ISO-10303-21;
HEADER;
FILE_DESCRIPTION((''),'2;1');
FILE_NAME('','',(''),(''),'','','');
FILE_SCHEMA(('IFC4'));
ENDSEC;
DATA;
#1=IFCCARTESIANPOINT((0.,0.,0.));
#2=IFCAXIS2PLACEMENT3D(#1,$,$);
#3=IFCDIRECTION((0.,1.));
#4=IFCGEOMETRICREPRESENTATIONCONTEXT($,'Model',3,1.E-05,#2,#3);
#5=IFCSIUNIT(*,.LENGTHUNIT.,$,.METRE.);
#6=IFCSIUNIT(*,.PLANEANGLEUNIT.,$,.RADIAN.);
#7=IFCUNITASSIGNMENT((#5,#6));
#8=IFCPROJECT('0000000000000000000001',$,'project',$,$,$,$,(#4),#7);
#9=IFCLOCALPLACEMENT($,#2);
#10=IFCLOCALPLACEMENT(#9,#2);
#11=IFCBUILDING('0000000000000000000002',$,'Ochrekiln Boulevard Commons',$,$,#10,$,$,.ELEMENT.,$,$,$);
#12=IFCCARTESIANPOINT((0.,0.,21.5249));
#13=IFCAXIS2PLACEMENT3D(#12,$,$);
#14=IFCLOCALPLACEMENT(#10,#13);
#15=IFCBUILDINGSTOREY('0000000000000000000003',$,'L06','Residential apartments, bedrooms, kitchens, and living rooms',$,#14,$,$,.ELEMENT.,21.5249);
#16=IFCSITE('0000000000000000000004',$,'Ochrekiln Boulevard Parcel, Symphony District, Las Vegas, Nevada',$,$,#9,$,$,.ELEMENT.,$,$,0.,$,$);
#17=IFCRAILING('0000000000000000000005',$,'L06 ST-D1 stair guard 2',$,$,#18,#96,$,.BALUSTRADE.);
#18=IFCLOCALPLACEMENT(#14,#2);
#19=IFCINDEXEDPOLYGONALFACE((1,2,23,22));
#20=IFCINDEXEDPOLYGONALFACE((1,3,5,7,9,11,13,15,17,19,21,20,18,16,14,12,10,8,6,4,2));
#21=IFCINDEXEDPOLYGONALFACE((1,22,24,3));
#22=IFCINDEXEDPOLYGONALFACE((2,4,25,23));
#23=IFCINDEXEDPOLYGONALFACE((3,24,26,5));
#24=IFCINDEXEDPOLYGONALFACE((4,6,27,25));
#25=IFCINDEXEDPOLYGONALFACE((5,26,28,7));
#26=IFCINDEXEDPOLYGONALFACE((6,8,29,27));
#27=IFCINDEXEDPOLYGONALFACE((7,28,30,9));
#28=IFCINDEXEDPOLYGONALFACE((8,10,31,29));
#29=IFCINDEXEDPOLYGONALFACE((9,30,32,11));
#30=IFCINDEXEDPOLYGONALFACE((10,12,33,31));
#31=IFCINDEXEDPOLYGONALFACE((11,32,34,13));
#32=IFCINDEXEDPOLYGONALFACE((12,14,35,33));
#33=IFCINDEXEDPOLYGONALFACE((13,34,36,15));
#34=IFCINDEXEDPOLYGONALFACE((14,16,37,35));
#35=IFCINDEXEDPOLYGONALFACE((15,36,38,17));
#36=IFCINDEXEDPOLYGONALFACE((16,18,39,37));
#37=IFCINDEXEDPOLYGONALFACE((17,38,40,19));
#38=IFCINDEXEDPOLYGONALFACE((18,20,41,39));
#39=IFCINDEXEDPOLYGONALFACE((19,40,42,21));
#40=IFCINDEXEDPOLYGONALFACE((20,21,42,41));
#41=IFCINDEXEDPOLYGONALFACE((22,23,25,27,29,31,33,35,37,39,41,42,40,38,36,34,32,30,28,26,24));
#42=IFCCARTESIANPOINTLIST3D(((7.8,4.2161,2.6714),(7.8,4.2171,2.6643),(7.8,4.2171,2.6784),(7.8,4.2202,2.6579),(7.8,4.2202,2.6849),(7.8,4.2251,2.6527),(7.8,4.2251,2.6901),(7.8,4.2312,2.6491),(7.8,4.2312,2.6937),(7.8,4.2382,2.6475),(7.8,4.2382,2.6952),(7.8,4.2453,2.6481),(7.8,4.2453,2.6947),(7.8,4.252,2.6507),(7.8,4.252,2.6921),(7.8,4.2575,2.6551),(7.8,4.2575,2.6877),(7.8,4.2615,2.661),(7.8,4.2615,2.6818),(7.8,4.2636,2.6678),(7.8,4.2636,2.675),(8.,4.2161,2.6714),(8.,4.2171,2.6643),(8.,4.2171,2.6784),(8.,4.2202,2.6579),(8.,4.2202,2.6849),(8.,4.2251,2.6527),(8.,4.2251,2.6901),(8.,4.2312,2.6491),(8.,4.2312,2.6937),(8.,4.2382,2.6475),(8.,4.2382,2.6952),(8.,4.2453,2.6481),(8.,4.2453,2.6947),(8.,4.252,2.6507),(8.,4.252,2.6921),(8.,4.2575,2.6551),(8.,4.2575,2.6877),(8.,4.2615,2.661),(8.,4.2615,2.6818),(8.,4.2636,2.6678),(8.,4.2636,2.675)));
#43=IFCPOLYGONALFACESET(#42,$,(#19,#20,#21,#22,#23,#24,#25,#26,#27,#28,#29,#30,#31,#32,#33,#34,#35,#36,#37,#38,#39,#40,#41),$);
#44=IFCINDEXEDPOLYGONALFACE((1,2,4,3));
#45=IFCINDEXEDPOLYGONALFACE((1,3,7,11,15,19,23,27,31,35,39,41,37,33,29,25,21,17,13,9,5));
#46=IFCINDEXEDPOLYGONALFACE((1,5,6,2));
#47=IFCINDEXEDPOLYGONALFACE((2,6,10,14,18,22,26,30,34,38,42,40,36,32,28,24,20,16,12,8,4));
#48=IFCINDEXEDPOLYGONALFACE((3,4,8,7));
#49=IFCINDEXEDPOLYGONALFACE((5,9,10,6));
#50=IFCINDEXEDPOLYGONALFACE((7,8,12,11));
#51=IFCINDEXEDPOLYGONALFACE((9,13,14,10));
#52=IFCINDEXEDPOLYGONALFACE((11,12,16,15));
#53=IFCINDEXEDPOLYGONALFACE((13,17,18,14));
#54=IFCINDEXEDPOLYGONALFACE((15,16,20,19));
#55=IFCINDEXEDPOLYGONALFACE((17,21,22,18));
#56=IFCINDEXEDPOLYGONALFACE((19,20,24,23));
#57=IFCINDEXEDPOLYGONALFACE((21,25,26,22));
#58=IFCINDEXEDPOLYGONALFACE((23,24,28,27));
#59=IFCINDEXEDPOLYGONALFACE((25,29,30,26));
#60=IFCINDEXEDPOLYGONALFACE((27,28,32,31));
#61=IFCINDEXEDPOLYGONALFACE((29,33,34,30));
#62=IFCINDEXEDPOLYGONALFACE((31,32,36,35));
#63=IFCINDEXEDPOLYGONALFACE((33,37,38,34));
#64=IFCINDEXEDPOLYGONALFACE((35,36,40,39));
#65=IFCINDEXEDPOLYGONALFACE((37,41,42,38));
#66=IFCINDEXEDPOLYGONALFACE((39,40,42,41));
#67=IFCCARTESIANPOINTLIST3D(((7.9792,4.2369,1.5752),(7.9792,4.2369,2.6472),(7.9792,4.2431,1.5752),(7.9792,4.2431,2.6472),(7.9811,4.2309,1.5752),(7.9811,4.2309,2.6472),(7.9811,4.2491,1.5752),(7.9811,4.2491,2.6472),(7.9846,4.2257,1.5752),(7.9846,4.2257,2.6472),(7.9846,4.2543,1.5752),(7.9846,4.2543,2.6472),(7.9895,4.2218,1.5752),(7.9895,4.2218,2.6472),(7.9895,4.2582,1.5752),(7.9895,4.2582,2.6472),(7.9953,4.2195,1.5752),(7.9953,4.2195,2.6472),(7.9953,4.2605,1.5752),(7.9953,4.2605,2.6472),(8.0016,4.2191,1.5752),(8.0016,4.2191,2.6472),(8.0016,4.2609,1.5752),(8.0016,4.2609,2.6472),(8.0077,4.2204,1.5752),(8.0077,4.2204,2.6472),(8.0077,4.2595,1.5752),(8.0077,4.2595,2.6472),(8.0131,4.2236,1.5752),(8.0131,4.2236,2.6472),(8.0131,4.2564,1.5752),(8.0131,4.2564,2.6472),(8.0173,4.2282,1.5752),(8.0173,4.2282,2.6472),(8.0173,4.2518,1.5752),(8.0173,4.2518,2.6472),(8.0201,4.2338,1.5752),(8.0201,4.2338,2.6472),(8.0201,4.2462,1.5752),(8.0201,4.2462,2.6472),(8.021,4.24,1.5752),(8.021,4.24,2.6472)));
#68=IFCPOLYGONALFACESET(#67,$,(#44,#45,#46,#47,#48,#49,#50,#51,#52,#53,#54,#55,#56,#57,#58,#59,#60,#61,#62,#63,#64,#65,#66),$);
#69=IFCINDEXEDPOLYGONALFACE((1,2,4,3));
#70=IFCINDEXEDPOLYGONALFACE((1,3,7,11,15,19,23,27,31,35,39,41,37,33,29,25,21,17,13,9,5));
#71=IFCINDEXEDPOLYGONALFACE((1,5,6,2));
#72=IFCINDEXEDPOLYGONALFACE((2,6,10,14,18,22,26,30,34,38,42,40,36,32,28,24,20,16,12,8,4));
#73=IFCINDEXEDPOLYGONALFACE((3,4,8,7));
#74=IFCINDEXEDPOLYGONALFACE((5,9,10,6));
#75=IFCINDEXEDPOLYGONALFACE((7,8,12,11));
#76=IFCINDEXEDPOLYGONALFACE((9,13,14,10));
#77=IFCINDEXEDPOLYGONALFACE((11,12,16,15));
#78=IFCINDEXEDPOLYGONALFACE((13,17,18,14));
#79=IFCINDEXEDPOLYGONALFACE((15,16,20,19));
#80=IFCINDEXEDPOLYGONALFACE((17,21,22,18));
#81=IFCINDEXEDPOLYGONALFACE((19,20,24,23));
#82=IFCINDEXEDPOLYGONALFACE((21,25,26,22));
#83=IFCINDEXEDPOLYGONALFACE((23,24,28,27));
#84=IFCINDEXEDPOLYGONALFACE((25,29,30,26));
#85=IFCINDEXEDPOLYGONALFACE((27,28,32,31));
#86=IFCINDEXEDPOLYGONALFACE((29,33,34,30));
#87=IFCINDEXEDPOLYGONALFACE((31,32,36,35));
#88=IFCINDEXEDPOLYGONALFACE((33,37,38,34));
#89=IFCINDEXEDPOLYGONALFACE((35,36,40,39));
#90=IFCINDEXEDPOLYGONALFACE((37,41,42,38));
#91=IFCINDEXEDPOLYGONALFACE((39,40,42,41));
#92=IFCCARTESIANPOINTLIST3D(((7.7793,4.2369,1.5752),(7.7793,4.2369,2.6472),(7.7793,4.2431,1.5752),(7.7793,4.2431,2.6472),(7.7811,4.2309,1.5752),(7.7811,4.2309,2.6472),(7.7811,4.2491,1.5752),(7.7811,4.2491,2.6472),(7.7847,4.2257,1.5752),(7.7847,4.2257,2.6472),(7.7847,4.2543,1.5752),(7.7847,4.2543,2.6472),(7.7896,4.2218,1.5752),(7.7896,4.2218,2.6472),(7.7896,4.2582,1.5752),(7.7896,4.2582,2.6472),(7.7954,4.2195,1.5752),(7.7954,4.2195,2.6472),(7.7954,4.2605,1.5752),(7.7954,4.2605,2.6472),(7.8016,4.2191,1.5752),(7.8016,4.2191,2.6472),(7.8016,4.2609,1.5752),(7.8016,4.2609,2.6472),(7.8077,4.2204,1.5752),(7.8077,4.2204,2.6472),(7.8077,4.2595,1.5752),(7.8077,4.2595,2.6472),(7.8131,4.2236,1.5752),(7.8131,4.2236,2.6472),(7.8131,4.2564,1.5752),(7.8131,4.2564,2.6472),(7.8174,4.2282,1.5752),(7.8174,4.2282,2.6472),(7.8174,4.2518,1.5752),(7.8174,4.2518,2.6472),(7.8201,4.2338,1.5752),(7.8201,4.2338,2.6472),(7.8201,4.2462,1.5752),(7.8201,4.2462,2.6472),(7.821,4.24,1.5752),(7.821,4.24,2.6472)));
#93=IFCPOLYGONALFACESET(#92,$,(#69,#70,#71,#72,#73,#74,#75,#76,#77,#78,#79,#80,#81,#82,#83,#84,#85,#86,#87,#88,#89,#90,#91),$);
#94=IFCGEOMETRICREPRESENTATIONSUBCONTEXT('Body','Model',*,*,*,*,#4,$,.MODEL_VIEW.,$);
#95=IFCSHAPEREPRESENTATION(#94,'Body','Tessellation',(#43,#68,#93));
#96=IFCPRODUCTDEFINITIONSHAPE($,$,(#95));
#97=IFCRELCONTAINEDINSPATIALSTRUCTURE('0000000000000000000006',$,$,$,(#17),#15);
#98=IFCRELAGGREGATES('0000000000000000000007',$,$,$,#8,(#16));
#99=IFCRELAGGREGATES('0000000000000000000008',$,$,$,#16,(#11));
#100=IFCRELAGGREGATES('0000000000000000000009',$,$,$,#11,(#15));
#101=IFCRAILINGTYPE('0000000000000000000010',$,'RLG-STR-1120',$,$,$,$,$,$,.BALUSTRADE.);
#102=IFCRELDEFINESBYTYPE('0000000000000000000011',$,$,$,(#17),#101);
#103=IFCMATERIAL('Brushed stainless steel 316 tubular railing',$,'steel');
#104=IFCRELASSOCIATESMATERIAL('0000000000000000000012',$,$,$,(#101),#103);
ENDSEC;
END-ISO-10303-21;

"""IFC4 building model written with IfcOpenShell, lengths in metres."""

from ifc_helpers import new_model, si_unit, direction, frame, origin, origin_2d, place, context, subcontext, project, spatial, circle, extrude, material, type_object, element, save


model = new_model("IFC4")

# Units and contexts
model_context = context("Model", 3, precision=1e-05, world=origin(), true_north=direction((0.0, 1.0)))
body_context = subcontext(model_context, "Body", "Model", "MODEL_VIEW")
ifc_project = project(units=[si_unit("LENGTHUNIT", "METRE"), si_unit("PLANEANGLEUNIT", "RADIAN")], contexts=[model_context])

# Site, building, storey
site_placement = place(None, origin())
site = spatial("IfcSite", under=ifc_project, at=site_placement, Name="Ochrekiln Boulevard Parcel, Symphony District, Las Vegas, Nevada", CompositionType="ELEMENT", RefElevation=0.0)
building_placement = place(site_placement, origin())
building = spatial("IfcBuilding", under=site, at=building_placement, Name="Ochrekiln Boulevard Commons", CompositionType="ELEMENT")
storey_placement = place(building_placement, frame((0.0, 0.0, 21.5249)))
storey = spatial("IfcBuildingStorey", under=building, at=storey_placement, Name="L06", Description="Residential apartments, bedrooms, kitchens, and living rooms", CompositionType="ELEMENT", Elevation=21.5249)

# Railing
ifc_material_1 = material(Name="Brushed stainless steel 316 tubular railing", Category="steel")
railing_type_1 = type_object("IfcRailingType", Name="RLG-STR-1120", PredefinedType="BALUSTRADE", material=ifc_material_1)
railing_1_placement = place(storey_placement, frame((8.0, 4.24, 1.5752)))
element("IfcRailing", 1, at=railing_1_placement, inside=storey, type_object=railing_type_1, Name="L06 ST-D1 stair guard 2", PredefinedType="BALUSTRADE", context=body_context, shape_type="SweptSolid", body=[
    extrude(circle(Radius=0.0239, at=origin_2d()), frame((0.0, 0.0, 1.0962), z_axis=(-1.0, 0.0, 0.0), x_axis=(0.0, -1.0, 0.0)), (0.0, 0.0, 1.0), 0.2),
    extrude(circle(Radius=0.021, at=origin_2d()), origin(), (0.0, 0.0, 1.0), 1.072),
    extrude(circle(Radius=0.021, at=origin_2d()), frame((-0.2, 0.0, 0.0)), (0.0, 0.0, 1.0), 1.072),
])

save(model, "model.ifc")
